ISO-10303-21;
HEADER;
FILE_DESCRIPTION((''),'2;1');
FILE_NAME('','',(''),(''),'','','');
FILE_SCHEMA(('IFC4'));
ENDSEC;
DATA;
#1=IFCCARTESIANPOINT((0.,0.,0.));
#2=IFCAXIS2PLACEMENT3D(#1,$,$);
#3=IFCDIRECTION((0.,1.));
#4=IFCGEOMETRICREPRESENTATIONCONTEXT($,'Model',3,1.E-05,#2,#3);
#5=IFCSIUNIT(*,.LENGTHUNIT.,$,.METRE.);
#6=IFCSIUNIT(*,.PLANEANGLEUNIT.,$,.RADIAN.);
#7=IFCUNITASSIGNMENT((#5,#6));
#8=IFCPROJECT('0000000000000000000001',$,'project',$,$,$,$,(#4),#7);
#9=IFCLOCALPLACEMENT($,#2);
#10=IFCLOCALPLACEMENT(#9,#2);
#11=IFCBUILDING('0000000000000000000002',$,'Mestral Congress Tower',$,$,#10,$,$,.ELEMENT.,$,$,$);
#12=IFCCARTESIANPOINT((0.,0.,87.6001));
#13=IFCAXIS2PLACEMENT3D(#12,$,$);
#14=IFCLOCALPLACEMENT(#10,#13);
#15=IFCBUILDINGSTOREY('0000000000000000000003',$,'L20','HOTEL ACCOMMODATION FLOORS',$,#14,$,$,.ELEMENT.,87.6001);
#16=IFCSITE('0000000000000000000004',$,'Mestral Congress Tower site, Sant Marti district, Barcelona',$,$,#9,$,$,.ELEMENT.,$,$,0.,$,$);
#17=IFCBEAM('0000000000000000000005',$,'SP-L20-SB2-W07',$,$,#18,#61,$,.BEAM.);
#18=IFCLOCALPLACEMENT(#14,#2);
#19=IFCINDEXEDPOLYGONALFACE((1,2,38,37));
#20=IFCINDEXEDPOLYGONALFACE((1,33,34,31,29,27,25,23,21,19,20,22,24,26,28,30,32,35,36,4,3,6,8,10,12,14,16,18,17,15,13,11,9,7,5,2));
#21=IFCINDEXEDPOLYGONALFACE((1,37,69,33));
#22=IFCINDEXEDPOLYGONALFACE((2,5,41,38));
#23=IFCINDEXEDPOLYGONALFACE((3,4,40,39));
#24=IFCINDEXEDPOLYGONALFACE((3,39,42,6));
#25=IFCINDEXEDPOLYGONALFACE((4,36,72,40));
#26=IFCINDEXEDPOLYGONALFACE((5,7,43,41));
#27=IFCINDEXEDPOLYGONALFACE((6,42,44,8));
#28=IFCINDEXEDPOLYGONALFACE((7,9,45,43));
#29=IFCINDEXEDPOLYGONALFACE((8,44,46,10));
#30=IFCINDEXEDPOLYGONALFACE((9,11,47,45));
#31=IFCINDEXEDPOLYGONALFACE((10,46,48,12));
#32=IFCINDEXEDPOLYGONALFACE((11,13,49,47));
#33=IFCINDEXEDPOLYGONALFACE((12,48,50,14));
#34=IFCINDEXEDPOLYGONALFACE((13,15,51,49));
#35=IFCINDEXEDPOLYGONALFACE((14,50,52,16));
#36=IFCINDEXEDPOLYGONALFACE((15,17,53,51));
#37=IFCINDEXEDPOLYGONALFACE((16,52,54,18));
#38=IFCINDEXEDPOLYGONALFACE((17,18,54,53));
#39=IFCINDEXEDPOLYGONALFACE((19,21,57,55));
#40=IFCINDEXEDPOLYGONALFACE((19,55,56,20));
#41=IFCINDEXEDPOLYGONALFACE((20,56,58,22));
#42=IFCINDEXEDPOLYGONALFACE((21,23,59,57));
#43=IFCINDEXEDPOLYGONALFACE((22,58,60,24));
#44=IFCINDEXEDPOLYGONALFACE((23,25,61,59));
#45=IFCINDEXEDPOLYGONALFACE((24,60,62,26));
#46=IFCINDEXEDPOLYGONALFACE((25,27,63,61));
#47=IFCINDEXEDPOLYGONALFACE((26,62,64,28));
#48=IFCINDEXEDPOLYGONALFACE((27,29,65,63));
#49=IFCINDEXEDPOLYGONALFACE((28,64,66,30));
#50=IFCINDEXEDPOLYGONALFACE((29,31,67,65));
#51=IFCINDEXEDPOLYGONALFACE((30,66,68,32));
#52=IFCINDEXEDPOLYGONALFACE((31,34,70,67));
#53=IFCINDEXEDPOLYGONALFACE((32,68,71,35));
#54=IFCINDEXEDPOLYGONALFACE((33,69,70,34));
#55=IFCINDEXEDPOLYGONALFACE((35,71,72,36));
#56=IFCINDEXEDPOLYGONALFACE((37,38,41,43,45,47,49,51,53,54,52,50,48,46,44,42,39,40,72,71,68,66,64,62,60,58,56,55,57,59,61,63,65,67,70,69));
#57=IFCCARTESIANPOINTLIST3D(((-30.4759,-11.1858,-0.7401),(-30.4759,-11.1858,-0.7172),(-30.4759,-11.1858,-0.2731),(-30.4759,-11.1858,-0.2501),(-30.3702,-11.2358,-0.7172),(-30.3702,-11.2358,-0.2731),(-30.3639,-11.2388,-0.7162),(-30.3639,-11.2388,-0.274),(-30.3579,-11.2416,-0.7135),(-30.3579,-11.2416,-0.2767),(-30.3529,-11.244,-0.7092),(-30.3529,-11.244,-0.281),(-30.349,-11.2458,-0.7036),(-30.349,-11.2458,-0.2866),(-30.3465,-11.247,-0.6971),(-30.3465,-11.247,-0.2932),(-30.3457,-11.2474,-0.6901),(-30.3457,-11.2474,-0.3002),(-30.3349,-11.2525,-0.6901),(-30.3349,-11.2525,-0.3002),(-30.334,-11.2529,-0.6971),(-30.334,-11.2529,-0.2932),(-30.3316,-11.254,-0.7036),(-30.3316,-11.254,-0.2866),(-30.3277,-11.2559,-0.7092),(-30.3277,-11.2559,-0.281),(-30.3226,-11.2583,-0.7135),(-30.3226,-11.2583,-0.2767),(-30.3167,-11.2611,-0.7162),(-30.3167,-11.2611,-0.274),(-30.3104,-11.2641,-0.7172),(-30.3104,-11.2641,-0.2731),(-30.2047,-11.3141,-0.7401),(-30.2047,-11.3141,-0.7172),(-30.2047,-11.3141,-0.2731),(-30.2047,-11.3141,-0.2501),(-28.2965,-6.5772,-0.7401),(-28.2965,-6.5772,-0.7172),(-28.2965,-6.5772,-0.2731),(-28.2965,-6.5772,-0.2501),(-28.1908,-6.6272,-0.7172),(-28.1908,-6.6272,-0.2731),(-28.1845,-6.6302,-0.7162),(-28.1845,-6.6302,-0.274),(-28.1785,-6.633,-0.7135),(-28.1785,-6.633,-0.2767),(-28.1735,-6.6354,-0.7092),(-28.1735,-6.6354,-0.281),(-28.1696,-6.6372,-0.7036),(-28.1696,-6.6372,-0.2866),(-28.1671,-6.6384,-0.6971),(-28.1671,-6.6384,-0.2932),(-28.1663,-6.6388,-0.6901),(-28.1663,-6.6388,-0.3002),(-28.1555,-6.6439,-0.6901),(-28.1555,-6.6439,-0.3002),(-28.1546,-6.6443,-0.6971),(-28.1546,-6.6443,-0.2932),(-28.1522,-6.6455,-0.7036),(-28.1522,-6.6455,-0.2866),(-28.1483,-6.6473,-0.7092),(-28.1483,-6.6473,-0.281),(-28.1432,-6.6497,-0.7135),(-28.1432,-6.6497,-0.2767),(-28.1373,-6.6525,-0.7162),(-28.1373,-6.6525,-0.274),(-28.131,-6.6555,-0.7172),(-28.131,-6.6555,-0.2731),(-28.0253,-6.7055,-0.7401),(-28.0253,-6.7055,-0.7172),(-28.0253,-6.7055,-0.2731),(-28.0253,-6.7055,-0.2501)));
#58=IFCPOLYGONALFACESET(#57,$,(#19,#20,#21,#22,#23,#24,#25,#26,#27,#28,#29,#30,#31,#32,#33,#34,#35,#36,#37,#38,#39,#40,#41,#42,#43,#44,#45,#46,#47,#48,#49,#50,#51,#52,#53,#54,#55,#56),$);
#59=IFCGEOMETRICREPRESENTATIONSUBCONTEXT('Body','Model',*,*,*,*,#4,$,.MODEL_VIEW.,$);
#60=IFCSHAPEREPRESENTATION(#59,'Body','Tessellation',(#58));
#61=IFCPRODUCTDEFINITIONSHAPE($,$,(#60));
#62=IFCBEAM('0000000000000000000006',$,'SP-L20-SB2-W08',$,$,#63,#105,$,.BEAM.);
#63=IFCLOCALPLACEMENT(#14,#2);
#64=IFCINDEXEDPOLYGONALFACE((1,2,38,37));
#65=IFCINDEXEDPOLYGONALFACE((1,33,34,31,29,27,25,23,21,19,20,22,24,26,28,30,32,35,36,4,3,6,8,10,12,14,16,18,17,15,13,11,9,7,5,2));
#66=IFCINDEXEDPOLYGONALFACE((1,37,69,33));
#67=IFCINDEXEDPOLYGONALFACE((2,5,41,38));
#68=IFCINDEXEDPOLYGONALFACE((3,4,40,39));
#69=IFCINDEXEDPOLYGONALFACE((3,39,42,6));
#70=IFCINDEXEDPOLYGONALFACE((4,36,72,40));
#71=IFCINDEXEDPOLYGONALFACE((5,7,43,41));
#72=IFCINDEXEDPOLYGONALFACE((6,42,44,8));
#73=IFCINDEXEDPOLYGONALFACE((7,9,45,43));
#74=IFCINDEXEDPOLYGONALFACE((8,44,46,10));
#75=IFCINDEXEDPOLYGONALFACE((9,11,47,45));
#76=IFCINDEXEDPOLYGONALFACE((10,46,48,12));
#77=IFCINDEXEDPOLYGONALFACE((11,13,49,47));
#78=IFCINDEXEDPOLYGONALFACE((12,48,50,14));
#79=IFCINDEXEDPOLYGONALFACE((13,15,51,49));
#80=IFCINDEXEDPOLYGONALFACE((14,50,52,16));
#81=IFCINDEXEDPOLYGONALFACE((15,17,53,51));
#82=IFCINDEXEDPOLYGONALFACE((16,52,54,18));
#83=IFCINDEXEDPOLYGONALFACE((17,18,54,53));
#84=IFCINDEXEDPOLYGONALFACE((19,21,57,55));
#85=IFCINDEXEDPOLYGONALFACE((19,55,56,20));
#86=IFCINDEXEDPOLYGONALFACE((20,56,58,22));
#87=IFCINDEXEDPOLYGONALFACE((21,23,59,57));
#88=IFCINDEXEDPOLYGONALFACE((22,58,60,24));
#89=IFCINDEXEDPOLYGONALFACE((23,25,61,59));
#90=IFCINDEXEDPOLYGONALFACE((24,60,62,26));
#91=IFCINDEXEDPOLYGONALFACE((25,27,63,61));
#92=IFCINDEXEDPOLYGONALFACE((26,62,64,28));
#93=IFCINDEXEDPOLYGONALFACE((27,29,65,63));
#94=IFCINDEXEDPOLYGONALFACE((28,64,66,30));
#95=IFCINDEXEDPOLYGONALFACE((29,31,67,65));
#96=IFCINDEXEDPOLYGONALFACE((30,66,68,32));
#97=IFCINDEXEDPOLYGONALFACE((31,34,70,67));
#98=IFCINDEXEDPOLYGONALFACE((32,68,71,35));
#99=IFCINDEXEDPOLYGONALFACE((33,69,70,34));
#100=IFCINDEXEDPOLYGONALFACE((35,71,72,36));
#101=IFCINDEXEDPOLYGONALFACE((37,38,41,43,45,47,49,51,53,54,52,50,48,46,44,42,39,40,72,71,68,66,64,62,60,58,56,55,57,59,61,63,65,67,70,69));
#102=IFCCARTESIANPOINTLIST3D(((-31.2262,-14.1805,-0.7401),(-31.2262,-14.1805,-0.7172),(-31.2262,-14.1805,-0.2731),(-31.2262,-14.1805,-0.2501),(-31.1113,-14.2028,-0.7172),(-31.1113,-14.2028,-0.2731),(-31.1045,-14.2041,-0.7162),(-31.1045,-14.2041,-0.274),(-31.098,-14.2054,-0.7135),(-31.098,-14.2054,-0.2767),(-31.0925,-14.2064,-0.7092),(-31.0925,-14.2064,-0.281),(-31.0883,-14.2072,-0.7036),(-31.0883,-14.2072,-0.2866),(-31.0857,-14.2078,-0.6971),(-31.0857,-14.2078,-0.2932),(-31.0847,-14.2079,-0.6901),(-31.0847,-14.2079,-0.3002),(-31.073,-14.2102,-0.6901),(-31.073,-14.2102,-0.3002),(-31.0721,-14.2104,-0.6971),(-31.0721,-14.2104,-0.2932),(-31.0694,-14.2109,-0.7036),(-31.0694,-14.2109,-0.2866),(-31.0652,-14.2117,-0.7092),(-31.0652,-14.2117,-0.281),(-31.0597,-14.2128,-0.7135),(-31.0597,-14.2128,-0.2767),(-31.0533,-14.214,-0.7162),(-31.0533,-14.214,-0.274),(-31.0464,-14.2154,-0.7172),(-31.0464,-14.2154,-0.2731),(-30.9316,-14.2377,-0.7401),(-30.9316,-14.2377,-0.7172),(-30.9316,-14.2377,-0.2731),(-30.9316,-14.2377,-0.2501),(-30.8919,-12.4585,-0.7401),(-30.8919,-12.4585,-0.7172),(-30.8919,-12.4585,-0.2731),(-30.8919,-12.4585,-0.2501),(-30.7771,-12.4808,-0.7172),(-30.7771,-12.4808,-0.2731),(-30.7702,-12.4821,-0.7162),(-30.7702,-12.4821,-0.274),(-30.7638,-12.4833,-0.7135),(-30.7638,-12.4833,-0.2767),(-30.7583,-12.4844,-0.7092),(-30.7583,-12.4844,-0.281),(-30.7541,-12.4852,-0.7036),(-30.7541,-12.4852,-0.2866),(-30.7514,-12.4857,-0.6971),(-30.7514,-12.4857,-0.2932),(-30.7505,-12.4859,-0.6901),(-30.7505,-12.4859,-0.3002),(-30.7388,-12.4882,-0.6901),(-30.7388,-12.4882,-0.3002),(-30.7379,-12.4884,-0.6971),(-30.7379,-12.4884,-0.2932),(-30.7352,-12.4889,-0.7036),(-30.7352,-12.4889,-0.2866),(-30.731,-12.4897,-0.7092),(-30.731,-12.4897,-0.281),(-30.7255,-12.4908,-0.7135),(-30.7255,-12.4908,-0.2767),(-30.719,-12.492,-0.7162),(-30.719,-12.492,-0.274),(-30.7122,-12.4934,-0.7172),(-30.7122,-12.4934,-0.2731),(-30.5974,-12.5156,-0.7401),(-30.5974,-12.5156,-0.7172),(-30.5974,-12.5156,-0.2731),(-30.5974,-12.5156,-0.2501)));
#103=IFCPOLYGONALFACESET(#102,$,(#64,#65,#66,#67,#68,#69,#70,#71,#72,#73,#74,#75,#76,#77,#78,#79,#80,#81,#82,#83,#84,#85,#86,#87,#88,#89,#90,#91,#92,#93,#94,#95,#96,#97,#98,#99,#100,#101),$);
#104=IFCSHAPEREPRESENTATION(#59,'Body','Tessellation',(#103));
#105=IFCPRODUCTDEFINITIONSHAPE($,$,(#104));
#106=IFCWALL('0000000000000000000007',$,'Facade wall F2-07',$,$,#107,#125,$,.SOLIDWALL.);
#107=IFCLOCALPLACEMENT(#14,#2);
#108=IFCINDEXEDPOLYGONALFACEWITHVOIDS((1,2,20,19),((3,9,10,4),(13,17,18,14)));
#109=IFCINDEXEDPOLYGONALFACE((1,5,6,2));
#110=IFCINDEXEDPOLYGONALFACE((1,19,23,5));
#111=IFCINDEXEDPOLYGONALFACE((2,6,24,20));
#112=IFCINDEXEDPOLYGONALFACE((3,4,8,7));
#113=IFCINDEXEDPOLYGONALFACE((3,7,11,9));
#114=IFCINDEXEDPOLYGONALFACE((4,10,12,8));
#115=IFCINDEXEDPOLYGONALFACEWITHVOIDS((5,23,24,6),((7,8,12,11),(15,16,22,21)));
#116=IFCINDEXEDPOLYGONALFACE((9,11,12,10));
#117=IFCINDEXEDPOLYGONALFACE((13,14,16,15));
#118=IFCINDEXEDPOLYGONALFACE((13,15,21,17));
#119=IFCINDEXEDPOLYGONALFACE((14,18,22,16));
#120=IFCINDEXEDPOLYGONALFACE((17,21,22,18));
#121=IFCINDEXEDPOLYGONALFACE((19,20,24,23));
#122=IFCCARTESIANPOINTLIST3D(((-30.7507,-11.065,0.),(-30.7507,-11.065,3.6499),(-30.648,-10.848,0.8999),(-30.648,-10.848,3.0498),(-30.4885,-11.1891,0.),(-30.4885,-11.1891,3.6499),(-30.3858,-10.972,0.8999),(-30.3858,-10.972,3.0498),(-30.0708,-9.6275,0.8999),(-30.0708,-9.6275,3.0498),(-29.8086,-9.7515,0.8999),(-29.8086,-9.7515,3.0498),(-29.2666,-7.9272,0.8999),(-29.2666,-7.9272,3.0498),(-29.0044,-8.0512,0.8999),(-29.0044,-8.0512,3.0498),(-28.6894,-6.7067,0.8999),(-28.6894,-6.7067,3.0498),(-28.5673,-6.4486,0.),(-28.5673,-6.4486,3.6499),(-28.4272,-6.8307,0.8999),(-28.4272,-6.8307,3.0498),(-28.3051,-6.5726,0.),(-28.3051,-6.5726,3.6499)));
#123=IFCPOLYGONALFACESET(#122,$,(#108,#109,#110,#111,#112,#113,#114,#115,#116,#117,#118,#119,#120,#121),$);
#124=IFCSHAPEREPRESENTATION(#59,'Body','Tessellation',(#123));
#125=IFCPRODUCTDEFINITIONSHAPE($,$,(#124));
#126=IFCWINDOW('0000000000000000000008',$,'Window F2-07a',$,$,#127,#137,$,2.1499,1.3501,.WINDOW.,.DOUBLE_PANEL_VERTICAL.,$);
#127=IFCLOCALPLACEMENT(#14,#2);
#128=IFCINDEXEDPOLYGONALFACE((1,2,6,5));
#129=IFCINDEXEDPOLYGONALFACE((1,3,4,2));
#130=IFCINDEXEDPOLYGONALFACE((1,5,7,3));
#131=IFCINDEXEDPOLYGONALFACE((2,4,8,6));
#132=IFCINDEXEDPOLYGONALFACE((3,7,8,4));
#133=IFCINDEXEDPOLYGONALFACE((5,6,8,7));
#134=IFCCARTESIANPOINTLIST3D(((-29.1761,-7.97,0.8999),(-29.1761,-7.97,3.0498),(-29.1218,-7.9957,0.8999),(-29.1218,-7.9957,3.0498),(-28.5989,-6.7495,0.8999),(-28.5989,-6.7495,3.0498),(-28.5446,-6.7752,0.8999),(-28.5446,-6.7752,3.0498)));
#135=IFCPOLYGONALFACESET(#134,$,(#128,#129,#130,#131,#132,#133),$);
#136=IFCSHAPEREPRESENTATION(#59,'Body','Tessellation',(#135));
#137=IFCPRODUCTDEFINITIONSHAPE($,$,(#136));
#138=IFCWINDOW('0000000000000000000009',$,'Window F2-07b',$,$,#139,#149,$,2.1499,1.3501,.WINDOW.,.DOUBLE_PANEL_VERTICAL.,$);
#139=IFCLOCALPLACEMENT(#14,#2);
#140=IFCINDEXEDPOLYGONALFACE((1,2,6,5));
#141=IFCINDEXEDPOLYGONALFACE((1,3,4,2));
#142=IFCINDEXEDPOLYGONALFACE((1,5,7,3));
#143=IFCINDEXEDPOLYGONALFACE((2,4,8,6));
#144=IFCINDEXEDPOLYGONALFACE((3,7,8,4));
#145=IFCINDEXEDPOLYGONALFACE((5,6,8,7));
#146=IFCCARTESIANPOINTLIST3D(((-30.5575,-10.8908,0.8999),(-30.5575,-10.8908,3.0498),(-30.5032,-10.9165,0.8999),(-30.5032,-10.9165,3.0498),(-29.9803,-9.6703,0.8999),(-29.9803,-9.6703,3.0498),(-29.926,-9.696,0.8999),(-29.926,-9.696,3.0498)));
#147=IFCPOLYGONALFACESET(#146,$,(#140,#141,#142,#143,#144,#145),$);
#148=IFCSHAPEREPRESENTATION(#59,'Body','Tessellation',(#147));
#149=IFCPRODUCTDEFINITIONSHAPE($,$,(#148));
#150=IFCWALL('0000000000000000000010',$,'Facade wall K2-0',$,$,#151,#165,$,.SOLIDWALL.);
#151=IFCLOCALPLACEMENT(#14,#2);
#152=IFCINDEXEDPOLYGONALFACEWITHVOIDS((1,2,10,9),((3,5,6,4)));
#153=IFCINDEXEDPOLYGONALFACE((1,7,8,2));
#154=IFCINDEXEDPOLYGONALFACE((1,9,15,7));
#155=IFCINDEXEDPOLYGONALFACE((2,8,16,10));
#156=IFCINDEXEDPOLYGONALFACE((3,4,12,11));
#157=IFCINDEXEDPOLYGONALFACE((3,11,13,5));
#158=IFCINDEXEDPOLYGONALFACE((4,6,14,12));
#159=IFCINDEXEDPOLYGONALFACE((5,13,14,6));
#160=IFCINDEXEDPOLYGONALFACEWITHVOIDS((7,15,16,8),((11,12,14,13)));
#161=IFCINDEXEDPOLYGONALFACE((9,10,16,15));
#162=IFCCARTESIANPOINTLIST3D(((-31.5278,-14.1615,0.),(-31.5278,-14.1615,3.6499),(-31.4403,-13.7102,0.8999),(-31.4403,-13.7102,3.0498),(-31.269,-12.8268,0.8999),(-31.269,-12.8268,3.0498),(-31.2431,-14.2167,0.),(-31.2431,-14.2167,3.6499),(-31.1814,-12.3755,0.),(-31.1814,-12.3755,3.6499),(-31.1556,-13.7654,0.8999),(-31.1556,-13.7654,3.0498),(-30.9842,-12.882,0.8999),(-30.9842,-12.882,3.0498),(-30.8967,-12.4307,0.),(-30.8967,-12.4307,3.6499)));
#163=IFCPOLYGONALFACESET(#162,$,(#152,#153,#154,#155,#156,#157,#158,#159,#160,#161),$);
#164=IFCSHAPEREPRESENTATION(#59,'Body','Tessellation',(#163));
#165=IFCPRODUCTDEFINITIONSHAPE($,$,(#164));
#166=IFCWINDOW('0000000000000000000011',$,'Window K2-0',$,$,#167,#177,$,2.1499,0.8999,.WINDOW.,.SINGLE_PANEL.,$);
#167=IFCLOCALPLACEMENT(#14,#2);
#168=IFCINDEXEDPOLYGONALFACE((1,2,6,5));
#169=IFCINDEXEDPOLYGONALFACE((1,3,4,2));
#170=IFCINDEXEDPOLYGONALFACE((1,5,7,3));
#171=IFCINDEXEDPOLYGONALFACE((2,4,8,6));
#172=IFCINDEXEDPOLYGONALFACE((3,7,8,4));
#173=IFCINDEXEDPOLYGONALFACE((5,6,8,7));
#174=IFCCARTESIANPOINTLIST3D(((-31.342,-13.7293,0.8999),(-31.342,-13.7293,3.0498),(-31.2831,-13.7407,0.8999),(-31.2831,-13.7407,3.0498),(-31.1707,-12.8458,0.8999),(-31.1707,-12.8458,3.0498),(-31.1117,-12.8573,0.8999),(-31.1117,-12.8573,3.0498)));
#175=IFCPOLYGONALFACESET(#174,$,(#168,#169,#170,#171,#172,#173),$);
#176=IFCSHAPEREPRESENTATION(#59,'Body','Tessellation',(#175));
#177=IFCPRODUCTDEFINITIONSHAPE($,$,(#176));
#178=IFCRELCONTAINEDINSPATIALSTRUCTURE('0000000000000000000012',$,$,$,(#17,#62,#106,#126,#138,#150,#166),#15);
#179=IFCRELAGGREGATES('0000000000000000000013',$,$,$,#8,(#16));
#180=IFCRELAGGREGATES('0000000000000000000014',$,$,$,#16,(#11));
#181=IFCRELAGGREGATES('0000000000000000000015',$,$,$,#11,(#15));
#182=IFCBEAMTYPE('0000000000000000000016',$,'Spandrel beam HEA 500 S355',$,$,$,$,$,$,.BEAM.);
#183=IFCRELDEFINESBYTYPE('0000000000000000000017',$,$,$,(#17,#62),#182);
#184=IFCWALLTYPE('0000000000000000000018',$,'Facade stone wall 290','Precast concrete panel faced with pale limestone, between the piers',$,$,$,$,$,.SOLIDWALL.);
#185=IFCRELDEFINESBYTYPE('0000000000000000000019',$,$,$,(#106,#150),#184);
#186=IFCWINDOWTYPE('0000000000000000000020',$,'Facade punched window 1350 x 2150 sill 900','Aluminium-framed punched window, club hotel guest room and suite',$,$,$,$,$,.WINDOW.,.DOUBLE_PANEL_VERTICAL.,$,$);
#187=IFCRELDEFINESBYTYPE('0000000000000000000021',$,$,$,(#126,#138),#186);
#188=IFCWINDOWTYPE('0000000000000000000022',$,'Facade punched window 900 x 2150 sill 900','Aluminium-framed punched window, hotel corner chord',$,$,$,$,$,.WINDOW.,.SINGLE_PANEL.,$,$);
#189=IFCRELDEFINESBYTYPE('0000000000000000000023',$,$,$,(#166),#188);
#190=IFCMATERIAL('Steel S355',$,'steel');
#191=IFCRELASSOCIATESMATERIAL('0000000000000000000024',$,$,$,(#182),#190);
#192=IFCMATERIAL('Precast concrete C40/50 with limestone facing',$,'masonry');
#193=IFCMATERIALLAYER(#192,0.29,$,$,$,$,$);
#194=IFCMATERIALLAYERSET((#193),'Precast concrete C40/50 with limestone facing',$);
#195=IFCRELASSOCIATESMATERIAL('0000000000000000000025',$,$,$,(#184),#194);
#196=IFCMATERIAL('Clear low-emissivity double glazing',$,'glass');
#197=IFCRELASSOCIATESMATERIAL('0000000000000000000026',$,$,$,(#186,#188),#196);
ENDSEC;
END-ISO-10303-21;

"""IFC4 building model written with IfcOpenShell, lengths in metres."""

from ifc_helpers import new_model, si_unit, direction, frame, frame_2d, origin, origin_2d, place, context, subcontext, project, spatial, rectangle, i_section, extrude, material, layer, layer_set, material_profile, profile_set, type_object, element, fill, save


model = new_model("IFC4")

# Units and contexts
model_context = context("Model", 3, precision=1e-05, world=origin(), true_north=direction((0.0, 1.0)))
body_context = subcontext(model_context, "Body", "Model", "MODEL_VIEW")
ifc_project = project(units=[si_unit("LENGTHUNIT", "METRE"), si_unit("PLANEANGLEUNIT", "RADIAN")], contexts=[model_context])

# Site, building, storey
site_placement = place(None, origin())
site = spatial("IfcSite", under=ifc_project, at=site_placement, Name="Mestral Congress Tower site, Sant Marti district, Barcelona", CompositionType="ELEMENT", RefElevation=0.0)
building_placement = place(site_placement, origin())
building = spatial("IfcBuilding", under=site, at=building_placement, Name="Mestral Congress Tower", CompositionType="ELEMENT")
storey_placement = place(building_placement, frame((0.0, 0.0, 87.6001)))
storey = spatial("IfcBuildingStorey", under=building, at=storey_placement, Name="L20", Description="HOTEL ACCOMMODATION FLOORS", CompositionType="ELEMENT", Elevation=87.6001)

# Beams
ifc_material_1 = material(Name="Steel S355", Category="steel")
ifc_material_profile_1 = material_profile(ifc_material_1, i_section(OverallWidth=0.3, OverallDepth=0.49, WebThickness=0.012, FlangeThickness=0.0229, FilletRadius=0.0271, at=origin_2d()), Name="HEA 500")
ifc_profile_set_1 = profile_set([ifc_material_profile_1], Name="Steel S355")
beam_type_1 = type_object("IfcBeamType", Name="Spandrel beam HEA 500 S355", PredefinedType="BEAM", material=ifc_profile_set_1)
beam_1_placement = place(storey_placement, frame((-28.1609, -6.6414, -0.4951), z_axis=(-0.42751, -0.904011, 0.0), x_axis=(0.904011, -0.42751, 0.0)))
element("IfcBeam", 1, at=beam_1_placement, inside=storey, type_object=beam_type_1, Name="SP-L20-SB2-W07", PredefinedType="BEAM", context=body_context, shape_type="SweptSolid", body=[
    extrude(i_section(OverallWidth=0.3, OverallDepth=0.49, WebThickness=0.012, FlangeThickness=0.0229, FilletRadius=0.0271, at=origin_2d()), origin(), (0.0, 0.0, 1.0), 5.0979),
])
beam_2_placement = place(storey_placement, frame((-30.7446, -12.4871, -0.4951), z_axis=(-0.190546, -0.981678, 0.0), x_axis=(0.981678, -0.190546, 0.0)))
element("IfcBeam", 2, at=beam_2_placement, inside=storey, type_object=beam_type_1, Name="SP-L20-SB2-W08", PredefinedType="BEAM", context=body_context, shape_type="SweptSolid", body=[
    extrude(i_section(OverallWidth=0.3, OverallDepth=0.49, WebThickness=0.012, FlangeThickness=0.0229, FilletRadius=0.0271, at=origin_2d()), origin(), (0.0, 0.0, 1.0), 1.7542),
])

# Wall, openings, windows
ifc_material_2 = material(Name="Precast concrete C40/50 with limestone facing", Category="masonry")
ifc_layer_1 = layer(ifc_material_2, 0.29)
ifc_layer_set_1 = layer_set([ifc_layer_1], Name="Precast concrete C40/50 with limestone facing")
wall_type_1 = type_object("IfcWallType", Name="Facade stone wall 290", Description="Precast concrete panel faced with pale limestone, between the piers", PredefinedType="SOLIDWALL", material=ifc_layer_set_1)
wall_1_placement = place(storey_placement, frame((-28.4363, -6.5107, 0.0), z_axis=(0.0, 0.0, 1.0), x_axis=(-0.427544, -0.903995, 0.0)))
wall_1 = element("IfcWall", 3, at=wall_1_placement, inside=storey, type_object=wall_type_1, Name="Facade wall F2-07", PredefinedType="SOLIDWALL", context=body_context, shape_type="SweptSolid", body=[
    extrude(rectangle(XDim=5.1067, YDim=0.29, at=frame_2d((2.5532, 0.0))), origin(), (0.0, 0.0, 1.0), 3.6499),
])
opening_1_placement = place(wall_1_placement, frame((0.2854, 0.0, 0.8999)))
opening_1 = element("IfcOpeningElement", 4, at=opening_1_placement, cuts=wall_1, PredefinedType="OPENING", context=body_context, shape_type="SweptSolid", body=[
    extrude(rectangle(XDim=1.3501, YDim=2.1499, at=frame_2d((0.675, 1.075))), frame((0.0, 0.155, 0.0), z_axis=(0.0, -1.0, 0.0), x_axis=(1.0, 0.0, 0.0)), (0.0, 0.0, 1.0), 0.3101),
])
opening_2_placement = place(wall_1_placement, frame((3.5164, 0.0, 0.8999)))
opening_2 = element("IfcOpeningElement", 5, at=opening_2_placement, cuts=wall_1, PredefinedType="OPENING", context=body_context, shape_type="SweptSolid", body=[
    extrude(rectangle(XDim=1.3501, YDim=2.1499, at=frame_2d((0.675, 1.075))), frame((0.0, 0.155, 0.0), z_axis=(0.0, -1.0, 0.0), x_axis=(1.0, 0.0, 0.0)), (0.0, 0.0, 1.0), 0.3101),
])
ifc_material_3 = material(Name="Clear low-emissivity double glazing", Category="glass")
window_type_1 = type_object("IfcWindowType", Name="Facade punched window 1350 x 2150 sill 900", Description="Aluminium-framed punched window, club hotel guest room and suite", PartitioningType="DOUBLE_PANEL_VERTICAL", PredefinedType="WINDOW", material=ifc_material_3)
window_1_placement = place(opening_1_placement, origin())
window_1 = element("IfcWindow", 6, at=window_1_placement, inside=storey, type_object=window_type_1, Name="Window F2-07a", OverallHeight=2.1499, OverallWidth=1.3501, PartitioningType="DOUBLE_PANEL_VERTICAL", PredefinedType="WINDOW", context=body_context, shape_type="SweptSolid", body=[
    extrude(rectangle(XDim=1.3501, YDim=2.1499, at=frame_2d((0.675, 1.075))), frame((0.0, 0.0151, 0.0), z_axis=(0.0, -1.0, 0.0), x_axis=(1.0, 0.0, 0.0)), (0.0, 0.0, 1.0), 0.0601),
])
fill(opening_1, window_1)
window_2_placement = place(opening_2_placement, origin())
window_2 = element("IfcWindow", 7, at=window_2_placement, inside=storey, type_object=window_type_1, Name="Window F2-07b", OverallHeight=2.1499, OverallWidth=1.3501, PartitioningType="DOUBLE_PANEL_VERTICAL", PredefinedType="WINDOW", context=body_context, shape_type="SweptSolid", body=[
    extrude(rectangle(XDim=1.3501, YDim=2.1499, at=frame_2d((0.675, 1.075))), frame((0.0, 0.0151, 0.0), z_axis=(0.0, -1.0, 0.0), x_axis=(1.0, 0.0, 0.0)), (0.0, 0.0, 1.0), 0.0601),
])
fill(opening_2, window_2)

# Wall, opening, window
wall_2_placement = place(storey_placement, frame((-31.0391, -12.4031, 0.0), z_axis=(0.0, 0.0, 1.0), x_axis=(-0.19041, -0.981705, 0.0)))
wall_2 = element("IfcWall", 8, at=wall_2_placement, inside=storey, type_object=wall_type_1, Name="Facade wall K2-0", PredefinedType="SOLIDWALL", context=body_context, shape_type="SweptSolid", body=[
    extrude(rectangle(XDim=1.8193, YDim=0.29, at=frame_2d((0.9097, 0.0))), origin(), (0.0, 0.0, 1.0), 3.6499),
])
opening_3_placement = place(wall_2_placement, frame((0.4597, 0.0, 0.8999)))
opening_3 = element("IfcOpeningElement", 9, at=opening_3_placement, cuts=wall_2, PredefinedType="OPENING", context=body_context, shape_type="SweptSolid", body=[
    extrude(rectangle(XDim=0.8999, YDim=2.1499, at=frame_2d((0.45, 1.075))), frame((0.0, 0.155, 0.0), z_axis=(0.0, -1.0, 0.0), x_axis=(1.0, 0.0, 0.0)), (0.0, 0.0, 1.0), 0.3101),
])
window_type_2 = type_object("IfcWindowType", Name="Facade punched window 900 x 2150 sill 900", Description="Aluminium-framed punched window, hotel corner chord", PartitioningType="SINGLE_PANEL", PredefinedType="WINDOW", material=ifc_material_3)
window_3_placement = place(opening_3_placement, origin())
window_3 = element("IfcWindow", 10, at=window_3_placement, inside=storey, type_object=window_type_2, Name="Window K2-0", OverallHeight=2.1499, OverallWidth=0.8999, PartitioningType="SINGLE_PANEL", PredefinedType="WINDOW", context=body_context, shape_type="SweptSolid", body=[
    extrude(rectangle(XDim=0.8999, YDim=2.1499, at=frame_2d((0.45, 1.075))), frame((0.0, 0.0151, 0.0), z_axis=(0.0, -1.0, 0.0), x_axis=(1.0, 0.0, 0.0)), (0.0, 0.0, 1.0), 0.0601),
])
fill(opening_3, window_3)

save(model, "model.ifc")
